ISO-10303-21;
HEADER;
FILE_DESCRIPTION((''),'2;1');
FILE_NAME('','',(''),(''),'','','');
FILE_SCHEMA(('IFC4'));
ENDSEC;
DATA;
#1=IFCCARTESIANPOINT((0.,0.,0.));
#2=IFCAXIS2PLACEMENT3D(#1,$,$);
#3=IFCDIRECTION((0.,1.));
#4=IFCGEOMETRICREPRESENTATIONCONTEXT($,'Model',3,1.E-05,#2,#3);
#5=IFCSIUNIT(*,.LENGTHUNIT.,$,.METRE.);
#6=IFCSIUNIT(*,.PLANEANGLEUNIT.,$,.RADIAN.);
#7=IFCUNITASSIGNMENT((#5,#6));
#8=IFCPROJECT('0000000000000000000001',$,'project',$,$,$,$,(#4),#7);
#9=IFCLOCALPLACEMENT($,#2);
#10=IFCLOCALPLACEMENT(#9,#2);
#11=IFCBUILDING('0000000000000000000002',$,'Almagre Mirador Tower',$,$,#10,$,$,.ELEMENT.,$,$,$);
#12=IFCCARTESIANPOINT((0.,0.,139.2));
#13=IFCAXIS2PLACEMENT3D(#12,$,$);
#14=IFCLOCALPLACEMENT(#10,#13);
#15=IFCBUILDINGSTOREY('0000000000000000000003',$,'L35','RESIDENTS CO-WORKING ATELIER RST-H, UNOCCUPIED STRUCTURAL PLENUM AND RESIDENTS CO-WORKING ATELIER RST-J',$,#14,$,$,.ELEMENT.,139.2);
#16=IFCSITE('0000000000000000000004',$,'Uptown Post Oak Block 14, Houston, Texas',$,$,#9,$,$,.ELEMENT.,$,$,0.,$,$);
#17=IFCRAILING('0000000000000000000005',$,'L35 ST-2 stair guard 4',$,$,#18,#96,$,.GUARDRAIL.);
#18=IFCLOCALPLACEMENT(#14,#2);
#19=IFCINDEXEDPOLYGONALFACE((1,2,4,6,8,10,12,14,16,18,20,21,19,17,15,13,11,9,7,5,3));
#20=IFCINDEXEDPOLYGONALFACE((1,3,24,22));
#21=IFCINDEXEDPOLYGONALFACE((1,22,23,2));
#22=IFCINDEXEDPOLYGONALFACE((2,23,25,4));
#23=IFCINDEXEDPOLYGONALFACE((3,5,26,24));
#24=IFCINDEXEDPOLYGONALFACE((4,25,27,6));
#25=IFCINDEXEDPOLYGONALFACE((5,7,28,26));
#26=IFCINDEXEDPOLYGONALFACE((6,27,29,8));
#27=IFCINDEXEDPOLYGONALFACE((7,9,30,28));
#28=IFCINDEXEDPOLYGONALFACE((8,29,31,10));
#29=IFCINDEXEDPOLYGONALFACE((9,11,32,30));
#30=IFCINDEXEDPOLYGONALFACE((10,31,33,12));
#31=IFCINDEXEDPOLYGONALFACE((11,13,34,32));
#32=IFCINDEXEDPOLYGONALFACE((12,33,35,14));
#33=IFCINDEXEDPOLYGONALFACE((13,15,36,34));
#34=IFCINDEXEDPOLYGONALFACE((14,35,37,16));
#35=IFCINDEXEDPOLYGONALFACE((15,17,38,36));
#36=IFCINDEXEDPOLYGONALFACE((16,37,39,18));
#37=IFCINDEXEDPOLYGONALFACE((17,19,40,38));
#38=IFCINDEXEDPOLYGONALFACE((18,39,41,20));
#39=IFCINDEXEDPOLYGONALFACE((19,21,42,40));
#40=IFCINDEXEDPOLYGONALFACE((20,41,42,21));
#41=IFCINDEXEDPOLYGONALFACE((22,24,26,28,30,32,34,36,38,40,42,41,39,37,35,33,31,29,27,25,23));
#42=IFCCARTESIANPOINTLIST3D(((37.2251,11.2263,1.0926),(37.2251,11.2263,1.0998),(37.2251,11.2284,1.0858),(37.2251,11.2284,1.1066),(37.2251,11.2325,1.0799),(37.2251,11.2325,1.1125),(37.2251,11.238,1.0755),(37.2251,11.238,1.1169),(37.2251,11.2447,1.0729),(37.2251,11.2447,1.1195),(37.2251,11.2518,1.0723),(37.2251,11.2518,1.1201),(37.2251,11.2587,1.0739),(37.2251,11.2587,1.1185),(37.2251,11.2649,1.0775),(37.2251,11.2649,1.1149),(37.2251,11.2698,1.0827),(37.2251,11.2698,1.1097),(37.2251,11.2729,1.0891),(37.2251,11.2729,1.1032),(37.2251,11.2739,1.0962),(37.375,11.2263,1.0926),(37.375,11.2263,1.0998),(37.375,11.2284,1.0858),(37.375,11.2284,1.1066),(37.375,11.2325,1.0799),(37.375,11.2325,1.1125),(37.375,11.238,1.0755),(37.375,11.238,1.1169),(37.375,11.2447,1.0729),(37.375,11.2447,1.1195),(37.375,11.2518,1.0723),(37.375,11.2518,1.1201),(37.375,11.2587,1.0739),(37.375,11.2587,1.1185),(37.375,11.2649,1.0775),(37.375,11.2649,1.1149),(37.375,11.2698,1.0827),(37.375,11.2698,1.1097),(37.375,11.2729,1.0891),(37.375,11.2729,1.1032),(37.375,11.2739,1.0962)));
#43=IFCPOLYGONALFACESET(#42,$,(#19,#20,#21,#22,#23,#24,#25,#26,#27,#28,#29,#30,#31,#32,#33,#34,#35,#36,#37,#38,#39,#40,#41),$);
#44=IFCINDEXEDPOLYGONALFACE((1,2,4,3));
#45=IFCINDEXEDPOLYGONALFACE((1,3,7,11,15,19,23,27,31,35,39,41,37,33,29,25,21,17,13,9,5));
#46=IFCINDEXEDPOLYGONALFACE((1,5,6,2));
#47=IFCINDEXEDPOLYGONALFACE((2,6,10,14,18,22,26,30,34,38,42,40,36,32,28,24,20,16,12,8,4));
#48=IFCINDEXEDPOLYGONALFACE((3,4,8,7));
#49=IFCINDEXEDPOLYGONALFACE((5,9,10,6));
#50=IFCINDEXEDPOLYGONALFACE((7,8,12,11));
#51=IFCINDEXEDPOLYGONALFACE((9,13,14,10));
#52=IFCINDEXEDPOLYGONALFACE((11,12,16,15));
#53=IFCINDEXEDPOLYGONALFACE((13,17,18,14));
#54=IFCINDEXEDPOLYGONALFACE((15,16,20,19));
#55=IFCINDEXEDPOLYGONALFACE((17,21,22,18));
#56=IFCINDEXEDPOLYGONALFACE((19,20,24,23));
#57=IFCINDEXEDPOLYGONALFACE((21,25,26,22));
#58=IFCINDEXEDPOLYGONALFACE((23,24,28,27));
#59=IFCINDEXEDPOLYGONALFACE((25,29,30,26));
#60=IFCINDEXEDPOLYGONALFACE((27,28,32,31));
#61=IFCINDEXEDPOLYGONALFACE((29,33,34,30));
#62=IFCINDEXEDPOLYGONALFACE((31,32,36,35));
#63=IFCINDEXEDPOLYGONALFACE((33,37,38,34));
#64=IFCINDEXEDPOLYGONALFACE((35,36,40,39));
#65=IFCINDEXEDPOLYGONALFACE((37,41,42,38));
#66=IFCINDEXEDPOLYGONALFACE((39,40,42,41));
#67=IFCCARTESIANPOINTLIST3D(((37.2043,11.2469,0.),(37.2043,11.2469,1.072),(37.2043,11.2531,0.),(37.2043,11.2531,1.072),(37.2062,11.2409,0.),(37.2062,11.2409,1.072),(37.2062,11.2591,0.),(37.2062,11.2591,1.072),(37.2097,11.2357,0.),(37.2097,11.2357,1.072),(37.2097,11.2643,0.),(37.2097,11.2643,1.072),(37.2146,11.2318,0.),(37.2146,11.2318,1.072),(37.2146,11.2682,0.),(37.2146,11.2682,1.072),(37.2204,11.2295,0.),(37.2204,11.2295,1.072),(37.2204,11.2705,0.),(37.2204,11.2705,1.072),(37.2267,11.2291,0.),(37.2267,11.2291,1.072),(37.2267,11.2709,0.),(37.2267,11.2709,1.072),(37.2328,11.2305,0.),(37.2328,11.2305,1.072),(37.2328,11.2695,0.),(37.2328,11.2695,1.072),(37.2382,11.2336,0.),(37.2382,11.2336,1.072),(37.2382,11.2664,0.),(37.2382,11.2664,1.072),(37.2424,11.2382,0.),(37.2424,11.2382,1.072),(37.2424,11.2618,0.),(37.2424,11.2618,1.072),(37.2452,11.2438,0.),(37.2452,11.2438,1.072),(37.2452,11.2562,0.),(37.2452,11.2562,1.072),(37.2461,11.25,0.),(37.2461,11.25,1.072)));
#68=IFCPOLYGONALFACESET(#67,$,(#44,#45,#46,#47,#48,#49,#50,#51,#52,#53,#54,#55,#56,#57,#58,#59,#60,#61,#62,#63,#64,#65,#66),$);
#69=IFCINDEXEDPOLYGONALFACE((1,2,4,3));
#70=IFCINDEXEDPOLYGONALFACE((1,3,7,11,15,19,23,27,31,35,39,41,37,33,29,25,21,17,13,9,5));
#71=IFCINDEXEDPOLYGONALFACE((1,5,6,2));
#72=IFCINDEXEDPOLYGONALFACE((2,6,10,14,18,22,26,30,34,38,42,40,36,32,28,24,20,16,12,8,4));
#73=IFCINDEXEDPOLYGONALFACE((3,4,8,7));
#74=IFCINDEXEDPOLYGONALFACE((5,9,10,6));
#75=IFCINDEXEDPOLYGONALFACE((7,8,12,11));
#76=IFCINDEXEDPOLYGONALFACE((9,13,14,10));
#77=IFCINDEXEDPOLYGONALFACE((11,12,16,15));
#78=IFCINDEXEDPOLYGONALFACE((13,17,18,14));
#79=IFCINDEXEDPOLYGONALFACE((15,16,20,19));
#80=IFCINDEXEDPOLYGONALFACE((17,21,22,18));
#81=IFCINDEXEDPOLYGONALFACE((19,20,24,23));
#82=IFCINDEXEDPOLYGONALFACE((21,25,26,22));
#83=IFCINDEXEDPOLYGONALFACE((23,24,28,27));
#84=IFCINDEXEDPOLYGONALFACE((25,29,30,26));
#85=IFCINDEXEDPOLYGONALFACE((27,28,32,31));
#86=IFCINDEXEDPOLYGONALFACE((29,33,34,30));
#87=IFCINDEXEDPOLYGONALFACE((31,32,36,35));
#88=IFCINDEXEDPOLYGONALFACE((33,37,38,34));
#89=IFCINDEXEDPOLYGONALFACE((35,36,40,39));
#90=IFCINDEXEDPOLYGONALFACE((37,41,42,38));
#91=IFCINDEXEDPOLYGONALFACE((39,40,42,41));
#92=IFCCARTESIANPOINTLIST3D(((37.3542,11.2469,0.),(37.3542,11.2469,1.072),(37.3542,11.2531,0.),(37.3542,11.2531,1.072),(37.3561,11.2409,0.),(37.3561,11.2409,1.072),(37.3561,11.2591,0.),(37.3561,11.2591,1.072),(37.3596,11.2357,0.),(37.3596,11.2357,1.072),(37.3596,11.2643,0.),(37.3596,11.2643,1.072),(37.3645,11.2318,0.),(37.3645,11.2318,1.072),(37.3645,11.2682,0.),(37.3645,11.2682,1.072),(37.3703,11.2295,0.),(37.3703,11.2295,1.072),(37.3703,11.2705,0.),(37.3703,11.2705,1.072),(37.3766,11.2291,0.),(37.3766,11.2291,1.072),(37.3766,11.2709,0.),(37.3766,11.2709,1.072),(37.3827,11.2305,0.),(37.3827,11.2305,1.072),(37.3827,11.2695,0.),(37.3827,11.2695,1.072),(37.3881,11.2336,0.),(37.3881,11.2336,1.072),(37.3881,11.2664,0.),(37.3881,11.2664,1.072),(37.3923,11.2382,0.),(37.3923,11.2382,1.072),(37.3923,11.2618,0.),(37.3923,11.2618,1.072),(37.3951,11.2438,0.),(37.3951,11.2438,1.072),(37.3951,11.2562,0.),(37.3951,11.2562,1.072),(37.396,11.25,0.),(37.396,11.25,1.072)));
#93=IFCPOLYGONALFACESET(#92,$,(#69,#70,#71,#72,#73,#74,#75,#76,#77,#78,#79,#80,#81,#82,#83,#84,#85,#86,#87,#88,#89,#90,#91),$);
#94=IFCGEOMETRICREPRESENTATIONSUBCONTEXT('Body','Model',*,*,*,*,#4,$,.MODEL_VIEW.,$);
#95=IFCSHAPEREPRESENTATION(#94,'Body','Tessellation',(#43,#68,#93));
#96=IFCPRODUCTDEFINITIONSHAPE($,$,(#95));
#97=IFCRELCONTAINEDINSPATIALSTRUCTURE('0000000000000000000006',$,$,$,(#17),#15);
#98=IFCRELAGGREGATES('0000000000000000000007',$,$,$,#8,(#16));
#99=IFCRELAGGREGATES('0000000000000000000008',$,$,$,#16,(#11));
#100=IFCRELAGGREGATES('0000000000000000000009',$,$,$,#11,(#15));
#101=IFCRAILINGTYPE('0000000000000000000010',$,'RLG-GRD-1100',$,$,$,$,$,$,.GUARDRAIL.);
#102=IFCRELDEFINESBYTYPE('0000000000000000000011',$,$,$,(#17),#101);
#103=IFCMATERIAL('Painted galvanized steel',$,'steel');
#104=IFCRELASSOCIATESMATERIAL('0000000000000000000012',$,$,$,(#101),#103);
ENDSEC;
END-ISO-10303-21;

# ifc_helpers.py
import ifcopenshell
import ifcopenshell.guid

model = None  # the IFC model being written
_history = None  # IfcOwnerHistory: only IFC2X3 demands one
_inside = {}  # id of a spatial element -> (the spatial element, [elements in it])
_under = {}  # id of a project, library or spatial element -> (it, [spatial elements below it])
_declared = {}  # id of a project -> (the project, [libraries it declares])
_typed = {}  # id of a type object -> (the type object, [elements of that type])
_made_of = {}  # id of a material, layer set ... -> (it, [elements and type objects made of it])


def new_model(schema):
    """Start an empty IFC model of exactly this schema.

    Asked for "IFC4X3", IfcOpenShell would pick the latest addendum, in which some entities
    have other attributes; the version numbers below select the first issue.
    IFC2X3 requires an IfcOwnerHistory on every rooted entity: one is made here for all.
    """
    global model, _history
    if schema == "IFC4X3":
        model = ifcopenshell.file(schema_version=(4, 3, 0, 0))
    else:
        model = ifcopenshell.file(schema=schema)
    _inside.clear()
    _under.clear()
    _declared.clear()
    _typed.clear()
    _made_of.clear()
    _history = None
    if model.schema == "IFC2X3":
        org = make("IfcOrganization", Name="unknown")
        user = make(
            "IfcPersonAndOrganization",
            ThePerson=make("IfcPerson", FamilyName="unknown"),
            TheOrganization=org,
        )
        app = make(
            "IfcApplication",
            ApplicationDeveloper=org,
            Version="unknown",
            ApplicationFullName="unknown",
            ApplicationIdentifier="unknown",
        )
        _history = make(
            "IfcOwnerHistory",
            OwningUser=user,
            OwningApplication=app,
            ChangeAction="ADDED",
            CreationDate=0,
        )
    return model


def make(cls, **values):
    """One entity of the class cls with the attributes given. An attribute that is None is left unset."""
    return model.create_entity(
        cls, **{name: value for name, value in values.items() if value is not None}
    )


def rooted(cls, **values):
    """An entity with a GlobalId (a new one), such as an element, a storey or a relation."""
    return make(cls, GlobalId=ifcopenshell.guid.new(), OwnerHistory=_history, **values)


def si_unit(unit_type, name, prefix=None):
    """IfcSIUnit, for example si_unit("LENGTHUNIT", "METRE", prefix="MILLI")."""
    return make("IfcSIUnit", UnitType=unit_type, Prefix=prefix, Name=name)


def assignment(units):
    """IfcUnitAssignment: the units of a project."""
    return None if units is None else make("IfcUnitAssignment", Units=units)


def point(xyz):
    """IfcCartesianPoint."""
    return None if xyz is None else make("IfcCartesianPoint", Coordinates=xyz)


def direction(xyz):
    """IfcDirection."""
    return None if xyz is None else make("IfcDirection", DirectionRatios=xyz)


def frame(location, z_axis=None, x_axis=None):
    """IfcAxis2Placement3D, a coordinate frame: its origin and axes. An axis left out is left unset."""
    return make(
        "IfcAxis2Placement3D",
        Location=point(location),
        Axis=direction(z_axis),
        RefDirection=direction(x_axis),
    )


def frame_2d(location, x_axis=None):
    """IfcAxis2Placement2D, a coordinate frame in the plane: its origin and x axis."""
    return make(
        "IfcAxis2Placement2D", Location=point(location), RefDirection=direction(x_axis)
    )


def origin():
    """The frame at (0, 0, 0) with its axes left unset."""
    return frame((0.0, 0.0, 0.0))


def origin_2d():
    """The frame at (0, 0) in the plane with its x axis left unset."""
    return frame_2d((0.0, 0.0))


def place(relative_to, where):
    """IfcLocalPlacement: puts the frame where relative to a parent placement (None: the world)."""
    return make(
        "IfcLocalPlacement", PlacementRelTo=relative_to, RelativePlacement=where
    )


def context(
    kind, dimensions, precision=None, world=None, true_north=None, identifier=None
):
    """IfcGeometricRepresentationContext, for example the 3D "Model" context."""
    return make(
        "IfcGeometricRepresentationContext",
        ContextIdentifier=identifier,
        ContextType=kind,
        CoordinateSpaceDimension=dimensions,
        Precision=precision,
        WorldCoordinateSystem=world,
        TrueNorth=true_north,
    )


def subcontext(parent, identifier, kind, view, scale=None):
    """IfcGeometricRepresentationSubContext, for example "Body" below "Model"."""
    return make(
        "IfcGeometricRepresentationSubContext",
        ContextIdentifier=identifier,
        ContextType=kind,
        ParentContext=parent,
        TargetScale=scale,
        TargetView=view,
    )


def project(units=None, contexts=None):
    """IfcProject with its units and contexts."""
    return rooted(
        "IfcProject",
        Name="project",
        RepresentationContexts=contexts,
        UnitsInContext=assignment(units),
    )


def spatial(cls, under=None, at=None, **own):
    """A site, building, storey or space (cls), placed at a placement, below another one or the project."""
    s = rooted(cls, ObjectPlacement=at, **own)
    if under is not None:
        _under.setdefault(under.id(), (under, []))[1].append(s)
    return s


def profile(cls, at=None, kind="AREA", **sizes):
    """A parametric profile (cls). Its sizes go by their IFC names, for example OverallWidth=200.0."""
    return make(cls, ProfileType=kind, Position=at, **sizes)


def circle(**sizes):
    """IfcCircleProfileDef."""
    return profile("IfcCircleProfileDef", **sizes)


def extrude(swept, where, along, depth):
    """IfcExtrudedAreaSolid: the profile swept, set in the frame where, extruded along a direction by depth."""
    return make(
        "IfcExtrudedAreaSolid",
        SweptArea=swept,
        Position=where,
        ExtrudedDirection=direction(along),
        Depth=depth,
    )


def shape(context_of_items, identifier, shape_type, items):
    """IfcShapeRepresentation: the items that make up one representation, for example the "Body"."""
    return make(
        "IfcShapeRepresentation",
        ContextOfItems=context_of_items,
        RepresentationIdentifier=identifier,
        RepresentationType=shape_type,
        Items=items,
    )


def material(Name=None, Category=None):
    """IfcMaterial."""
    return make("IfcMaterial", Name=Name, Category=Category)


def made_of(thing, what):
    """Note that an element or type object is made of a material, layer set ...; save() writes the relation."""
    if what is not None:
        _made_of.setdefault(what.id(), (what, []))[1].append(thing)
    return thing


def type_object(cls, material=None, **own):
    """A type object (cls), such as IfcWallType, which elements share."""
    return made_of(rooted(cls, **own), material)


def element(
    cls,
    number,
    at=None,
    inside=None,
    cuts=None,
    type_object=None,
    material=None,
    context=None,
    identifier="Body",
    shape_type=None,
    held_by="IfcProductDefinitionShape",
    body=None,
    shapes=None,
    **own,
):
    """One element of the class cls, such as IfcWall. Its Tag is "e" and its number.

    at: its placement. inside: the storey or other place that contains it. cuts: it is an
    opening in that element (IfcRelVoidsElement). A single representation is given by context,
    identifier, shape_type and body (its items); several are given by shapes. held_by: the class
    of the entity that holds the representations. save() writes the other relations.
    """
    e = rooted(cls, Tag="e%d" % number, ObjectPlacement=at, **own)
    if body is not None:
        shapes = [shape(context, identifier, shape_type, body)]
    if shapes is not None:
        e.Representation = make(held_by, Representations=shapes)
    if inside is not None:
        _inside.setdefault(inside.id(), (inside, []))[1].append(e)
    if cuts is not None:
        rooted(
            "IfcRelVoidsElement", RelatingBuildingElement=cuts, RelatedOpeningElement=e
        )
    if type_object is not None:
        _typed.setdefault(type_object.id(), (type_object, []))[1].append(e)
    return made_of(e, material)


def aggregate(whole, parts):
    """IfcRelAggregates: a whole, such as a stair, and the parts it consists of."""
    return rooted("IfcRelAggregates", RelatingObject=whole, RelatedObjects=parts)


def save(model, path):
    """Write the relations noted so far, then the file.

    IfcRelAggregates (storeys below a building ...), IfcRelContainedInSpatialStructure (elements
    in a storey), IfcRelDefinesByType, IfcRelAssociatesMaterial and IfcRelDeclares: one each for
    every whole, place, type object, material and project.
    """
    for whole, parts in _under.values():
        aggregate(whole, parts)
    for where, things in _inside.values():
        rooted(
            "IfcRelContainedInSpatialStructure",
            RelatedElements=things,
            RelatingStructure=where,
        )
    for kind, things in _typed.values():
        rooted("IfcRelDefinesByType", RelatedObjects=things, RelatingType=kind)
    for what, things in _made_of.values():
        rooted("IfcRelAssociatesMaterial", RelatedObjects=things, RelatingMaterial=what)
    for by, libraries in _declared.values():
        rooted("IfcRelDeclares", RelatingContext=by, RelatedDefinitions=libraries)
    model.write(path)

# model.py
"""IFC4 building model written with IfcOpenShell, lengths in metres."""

from ifc_helpers import new_model, si_unit, direction, frame, origin, origin_2d, place, context, subcontext, project, spatial, circle, extrude, material, type_object, element, save


model = new_model("IFC4")

# Units and contexts
model_context = context("Model", 3, precision=1e-05, world=origin(), true_north=direction((0.0, 1.0)))
body_context = subcontext(model_context, "Body", "Model", "MODEL_VIEW")
ifc_project = project(units=[si_unit("LENGTHUNIT", "METRE"), si_unit("PLANEANGLEUNIT", "RADIAN")], contexts=[model_context])

# Site, building, storey
site_placement = place(None, origin())
site = spatial("IfcSite", under=ifc_project, at=site_placement, Name="Uptown Post Oak Block 14, Houston, Texas", CompositionType="ELEMENT", RefElevation=0.0)
building_placement = place(site_placement, origin())
building = spatial("IfcBuilding", under=site, at=building_placement, Name="Almagre Mirador Tower", CompositionType="ELEMENT")
storey_placement = place(building_placement, frame((0.0, 0.0, 139.2)))
storey = spatial("IfcBuildingStorey", under=building, at=storey_placement, Name="L35", Description="RESIDENTS CO-WORKING ATELIER RST-H, UNOCCUPIED STRUCTURAL PLENUM AND RESIDENTS CO-WORKING ATELIER RST-J", CompositionType="ELEMENT", Elevation=139.2)

# Railing
ifc_material_1 = material(Name="Painted galvanized steel", Category="steel")
railing_type_1 = type_object("IfcRailingType", Name="RLG-GRD-1100", PredefinedType="GUARDRAIL", material=ifc_material_1)
railing_1_placement = place(storey_placement, frame((37.2251, 11.25, 0.0)))
element("IfcRailing", 1, at=railing_1_placement, inside=storey, type_object=railing_type_1, Name="L35 ST-2 stair guard 4", PredefinedType="GUARDRAIL", context=body_context, shape_type="SweptSolid", body=[
    extrude(circle(Radius=0.0239, at=origin_2d()), frame((0.0, 0.0, 1.0962), z_axis=(1.0, 0.0, 0.0), x_axis=(0.0, 1.0, 0.0)), (0.0, 0.0, 1.0), 0.1499),
    extrude(circle(Radius=0.021, at=origin_2d()), origin(), (0.0, 0.0, 1.0), 1.072),
    extrude(circle(Radius=0.021, at=origin_2d()), frame((0.1499, 0.0, 0.0)), (0.0, 0.0, 1.0), 1.072),
])

save(model, "model.ifc")
